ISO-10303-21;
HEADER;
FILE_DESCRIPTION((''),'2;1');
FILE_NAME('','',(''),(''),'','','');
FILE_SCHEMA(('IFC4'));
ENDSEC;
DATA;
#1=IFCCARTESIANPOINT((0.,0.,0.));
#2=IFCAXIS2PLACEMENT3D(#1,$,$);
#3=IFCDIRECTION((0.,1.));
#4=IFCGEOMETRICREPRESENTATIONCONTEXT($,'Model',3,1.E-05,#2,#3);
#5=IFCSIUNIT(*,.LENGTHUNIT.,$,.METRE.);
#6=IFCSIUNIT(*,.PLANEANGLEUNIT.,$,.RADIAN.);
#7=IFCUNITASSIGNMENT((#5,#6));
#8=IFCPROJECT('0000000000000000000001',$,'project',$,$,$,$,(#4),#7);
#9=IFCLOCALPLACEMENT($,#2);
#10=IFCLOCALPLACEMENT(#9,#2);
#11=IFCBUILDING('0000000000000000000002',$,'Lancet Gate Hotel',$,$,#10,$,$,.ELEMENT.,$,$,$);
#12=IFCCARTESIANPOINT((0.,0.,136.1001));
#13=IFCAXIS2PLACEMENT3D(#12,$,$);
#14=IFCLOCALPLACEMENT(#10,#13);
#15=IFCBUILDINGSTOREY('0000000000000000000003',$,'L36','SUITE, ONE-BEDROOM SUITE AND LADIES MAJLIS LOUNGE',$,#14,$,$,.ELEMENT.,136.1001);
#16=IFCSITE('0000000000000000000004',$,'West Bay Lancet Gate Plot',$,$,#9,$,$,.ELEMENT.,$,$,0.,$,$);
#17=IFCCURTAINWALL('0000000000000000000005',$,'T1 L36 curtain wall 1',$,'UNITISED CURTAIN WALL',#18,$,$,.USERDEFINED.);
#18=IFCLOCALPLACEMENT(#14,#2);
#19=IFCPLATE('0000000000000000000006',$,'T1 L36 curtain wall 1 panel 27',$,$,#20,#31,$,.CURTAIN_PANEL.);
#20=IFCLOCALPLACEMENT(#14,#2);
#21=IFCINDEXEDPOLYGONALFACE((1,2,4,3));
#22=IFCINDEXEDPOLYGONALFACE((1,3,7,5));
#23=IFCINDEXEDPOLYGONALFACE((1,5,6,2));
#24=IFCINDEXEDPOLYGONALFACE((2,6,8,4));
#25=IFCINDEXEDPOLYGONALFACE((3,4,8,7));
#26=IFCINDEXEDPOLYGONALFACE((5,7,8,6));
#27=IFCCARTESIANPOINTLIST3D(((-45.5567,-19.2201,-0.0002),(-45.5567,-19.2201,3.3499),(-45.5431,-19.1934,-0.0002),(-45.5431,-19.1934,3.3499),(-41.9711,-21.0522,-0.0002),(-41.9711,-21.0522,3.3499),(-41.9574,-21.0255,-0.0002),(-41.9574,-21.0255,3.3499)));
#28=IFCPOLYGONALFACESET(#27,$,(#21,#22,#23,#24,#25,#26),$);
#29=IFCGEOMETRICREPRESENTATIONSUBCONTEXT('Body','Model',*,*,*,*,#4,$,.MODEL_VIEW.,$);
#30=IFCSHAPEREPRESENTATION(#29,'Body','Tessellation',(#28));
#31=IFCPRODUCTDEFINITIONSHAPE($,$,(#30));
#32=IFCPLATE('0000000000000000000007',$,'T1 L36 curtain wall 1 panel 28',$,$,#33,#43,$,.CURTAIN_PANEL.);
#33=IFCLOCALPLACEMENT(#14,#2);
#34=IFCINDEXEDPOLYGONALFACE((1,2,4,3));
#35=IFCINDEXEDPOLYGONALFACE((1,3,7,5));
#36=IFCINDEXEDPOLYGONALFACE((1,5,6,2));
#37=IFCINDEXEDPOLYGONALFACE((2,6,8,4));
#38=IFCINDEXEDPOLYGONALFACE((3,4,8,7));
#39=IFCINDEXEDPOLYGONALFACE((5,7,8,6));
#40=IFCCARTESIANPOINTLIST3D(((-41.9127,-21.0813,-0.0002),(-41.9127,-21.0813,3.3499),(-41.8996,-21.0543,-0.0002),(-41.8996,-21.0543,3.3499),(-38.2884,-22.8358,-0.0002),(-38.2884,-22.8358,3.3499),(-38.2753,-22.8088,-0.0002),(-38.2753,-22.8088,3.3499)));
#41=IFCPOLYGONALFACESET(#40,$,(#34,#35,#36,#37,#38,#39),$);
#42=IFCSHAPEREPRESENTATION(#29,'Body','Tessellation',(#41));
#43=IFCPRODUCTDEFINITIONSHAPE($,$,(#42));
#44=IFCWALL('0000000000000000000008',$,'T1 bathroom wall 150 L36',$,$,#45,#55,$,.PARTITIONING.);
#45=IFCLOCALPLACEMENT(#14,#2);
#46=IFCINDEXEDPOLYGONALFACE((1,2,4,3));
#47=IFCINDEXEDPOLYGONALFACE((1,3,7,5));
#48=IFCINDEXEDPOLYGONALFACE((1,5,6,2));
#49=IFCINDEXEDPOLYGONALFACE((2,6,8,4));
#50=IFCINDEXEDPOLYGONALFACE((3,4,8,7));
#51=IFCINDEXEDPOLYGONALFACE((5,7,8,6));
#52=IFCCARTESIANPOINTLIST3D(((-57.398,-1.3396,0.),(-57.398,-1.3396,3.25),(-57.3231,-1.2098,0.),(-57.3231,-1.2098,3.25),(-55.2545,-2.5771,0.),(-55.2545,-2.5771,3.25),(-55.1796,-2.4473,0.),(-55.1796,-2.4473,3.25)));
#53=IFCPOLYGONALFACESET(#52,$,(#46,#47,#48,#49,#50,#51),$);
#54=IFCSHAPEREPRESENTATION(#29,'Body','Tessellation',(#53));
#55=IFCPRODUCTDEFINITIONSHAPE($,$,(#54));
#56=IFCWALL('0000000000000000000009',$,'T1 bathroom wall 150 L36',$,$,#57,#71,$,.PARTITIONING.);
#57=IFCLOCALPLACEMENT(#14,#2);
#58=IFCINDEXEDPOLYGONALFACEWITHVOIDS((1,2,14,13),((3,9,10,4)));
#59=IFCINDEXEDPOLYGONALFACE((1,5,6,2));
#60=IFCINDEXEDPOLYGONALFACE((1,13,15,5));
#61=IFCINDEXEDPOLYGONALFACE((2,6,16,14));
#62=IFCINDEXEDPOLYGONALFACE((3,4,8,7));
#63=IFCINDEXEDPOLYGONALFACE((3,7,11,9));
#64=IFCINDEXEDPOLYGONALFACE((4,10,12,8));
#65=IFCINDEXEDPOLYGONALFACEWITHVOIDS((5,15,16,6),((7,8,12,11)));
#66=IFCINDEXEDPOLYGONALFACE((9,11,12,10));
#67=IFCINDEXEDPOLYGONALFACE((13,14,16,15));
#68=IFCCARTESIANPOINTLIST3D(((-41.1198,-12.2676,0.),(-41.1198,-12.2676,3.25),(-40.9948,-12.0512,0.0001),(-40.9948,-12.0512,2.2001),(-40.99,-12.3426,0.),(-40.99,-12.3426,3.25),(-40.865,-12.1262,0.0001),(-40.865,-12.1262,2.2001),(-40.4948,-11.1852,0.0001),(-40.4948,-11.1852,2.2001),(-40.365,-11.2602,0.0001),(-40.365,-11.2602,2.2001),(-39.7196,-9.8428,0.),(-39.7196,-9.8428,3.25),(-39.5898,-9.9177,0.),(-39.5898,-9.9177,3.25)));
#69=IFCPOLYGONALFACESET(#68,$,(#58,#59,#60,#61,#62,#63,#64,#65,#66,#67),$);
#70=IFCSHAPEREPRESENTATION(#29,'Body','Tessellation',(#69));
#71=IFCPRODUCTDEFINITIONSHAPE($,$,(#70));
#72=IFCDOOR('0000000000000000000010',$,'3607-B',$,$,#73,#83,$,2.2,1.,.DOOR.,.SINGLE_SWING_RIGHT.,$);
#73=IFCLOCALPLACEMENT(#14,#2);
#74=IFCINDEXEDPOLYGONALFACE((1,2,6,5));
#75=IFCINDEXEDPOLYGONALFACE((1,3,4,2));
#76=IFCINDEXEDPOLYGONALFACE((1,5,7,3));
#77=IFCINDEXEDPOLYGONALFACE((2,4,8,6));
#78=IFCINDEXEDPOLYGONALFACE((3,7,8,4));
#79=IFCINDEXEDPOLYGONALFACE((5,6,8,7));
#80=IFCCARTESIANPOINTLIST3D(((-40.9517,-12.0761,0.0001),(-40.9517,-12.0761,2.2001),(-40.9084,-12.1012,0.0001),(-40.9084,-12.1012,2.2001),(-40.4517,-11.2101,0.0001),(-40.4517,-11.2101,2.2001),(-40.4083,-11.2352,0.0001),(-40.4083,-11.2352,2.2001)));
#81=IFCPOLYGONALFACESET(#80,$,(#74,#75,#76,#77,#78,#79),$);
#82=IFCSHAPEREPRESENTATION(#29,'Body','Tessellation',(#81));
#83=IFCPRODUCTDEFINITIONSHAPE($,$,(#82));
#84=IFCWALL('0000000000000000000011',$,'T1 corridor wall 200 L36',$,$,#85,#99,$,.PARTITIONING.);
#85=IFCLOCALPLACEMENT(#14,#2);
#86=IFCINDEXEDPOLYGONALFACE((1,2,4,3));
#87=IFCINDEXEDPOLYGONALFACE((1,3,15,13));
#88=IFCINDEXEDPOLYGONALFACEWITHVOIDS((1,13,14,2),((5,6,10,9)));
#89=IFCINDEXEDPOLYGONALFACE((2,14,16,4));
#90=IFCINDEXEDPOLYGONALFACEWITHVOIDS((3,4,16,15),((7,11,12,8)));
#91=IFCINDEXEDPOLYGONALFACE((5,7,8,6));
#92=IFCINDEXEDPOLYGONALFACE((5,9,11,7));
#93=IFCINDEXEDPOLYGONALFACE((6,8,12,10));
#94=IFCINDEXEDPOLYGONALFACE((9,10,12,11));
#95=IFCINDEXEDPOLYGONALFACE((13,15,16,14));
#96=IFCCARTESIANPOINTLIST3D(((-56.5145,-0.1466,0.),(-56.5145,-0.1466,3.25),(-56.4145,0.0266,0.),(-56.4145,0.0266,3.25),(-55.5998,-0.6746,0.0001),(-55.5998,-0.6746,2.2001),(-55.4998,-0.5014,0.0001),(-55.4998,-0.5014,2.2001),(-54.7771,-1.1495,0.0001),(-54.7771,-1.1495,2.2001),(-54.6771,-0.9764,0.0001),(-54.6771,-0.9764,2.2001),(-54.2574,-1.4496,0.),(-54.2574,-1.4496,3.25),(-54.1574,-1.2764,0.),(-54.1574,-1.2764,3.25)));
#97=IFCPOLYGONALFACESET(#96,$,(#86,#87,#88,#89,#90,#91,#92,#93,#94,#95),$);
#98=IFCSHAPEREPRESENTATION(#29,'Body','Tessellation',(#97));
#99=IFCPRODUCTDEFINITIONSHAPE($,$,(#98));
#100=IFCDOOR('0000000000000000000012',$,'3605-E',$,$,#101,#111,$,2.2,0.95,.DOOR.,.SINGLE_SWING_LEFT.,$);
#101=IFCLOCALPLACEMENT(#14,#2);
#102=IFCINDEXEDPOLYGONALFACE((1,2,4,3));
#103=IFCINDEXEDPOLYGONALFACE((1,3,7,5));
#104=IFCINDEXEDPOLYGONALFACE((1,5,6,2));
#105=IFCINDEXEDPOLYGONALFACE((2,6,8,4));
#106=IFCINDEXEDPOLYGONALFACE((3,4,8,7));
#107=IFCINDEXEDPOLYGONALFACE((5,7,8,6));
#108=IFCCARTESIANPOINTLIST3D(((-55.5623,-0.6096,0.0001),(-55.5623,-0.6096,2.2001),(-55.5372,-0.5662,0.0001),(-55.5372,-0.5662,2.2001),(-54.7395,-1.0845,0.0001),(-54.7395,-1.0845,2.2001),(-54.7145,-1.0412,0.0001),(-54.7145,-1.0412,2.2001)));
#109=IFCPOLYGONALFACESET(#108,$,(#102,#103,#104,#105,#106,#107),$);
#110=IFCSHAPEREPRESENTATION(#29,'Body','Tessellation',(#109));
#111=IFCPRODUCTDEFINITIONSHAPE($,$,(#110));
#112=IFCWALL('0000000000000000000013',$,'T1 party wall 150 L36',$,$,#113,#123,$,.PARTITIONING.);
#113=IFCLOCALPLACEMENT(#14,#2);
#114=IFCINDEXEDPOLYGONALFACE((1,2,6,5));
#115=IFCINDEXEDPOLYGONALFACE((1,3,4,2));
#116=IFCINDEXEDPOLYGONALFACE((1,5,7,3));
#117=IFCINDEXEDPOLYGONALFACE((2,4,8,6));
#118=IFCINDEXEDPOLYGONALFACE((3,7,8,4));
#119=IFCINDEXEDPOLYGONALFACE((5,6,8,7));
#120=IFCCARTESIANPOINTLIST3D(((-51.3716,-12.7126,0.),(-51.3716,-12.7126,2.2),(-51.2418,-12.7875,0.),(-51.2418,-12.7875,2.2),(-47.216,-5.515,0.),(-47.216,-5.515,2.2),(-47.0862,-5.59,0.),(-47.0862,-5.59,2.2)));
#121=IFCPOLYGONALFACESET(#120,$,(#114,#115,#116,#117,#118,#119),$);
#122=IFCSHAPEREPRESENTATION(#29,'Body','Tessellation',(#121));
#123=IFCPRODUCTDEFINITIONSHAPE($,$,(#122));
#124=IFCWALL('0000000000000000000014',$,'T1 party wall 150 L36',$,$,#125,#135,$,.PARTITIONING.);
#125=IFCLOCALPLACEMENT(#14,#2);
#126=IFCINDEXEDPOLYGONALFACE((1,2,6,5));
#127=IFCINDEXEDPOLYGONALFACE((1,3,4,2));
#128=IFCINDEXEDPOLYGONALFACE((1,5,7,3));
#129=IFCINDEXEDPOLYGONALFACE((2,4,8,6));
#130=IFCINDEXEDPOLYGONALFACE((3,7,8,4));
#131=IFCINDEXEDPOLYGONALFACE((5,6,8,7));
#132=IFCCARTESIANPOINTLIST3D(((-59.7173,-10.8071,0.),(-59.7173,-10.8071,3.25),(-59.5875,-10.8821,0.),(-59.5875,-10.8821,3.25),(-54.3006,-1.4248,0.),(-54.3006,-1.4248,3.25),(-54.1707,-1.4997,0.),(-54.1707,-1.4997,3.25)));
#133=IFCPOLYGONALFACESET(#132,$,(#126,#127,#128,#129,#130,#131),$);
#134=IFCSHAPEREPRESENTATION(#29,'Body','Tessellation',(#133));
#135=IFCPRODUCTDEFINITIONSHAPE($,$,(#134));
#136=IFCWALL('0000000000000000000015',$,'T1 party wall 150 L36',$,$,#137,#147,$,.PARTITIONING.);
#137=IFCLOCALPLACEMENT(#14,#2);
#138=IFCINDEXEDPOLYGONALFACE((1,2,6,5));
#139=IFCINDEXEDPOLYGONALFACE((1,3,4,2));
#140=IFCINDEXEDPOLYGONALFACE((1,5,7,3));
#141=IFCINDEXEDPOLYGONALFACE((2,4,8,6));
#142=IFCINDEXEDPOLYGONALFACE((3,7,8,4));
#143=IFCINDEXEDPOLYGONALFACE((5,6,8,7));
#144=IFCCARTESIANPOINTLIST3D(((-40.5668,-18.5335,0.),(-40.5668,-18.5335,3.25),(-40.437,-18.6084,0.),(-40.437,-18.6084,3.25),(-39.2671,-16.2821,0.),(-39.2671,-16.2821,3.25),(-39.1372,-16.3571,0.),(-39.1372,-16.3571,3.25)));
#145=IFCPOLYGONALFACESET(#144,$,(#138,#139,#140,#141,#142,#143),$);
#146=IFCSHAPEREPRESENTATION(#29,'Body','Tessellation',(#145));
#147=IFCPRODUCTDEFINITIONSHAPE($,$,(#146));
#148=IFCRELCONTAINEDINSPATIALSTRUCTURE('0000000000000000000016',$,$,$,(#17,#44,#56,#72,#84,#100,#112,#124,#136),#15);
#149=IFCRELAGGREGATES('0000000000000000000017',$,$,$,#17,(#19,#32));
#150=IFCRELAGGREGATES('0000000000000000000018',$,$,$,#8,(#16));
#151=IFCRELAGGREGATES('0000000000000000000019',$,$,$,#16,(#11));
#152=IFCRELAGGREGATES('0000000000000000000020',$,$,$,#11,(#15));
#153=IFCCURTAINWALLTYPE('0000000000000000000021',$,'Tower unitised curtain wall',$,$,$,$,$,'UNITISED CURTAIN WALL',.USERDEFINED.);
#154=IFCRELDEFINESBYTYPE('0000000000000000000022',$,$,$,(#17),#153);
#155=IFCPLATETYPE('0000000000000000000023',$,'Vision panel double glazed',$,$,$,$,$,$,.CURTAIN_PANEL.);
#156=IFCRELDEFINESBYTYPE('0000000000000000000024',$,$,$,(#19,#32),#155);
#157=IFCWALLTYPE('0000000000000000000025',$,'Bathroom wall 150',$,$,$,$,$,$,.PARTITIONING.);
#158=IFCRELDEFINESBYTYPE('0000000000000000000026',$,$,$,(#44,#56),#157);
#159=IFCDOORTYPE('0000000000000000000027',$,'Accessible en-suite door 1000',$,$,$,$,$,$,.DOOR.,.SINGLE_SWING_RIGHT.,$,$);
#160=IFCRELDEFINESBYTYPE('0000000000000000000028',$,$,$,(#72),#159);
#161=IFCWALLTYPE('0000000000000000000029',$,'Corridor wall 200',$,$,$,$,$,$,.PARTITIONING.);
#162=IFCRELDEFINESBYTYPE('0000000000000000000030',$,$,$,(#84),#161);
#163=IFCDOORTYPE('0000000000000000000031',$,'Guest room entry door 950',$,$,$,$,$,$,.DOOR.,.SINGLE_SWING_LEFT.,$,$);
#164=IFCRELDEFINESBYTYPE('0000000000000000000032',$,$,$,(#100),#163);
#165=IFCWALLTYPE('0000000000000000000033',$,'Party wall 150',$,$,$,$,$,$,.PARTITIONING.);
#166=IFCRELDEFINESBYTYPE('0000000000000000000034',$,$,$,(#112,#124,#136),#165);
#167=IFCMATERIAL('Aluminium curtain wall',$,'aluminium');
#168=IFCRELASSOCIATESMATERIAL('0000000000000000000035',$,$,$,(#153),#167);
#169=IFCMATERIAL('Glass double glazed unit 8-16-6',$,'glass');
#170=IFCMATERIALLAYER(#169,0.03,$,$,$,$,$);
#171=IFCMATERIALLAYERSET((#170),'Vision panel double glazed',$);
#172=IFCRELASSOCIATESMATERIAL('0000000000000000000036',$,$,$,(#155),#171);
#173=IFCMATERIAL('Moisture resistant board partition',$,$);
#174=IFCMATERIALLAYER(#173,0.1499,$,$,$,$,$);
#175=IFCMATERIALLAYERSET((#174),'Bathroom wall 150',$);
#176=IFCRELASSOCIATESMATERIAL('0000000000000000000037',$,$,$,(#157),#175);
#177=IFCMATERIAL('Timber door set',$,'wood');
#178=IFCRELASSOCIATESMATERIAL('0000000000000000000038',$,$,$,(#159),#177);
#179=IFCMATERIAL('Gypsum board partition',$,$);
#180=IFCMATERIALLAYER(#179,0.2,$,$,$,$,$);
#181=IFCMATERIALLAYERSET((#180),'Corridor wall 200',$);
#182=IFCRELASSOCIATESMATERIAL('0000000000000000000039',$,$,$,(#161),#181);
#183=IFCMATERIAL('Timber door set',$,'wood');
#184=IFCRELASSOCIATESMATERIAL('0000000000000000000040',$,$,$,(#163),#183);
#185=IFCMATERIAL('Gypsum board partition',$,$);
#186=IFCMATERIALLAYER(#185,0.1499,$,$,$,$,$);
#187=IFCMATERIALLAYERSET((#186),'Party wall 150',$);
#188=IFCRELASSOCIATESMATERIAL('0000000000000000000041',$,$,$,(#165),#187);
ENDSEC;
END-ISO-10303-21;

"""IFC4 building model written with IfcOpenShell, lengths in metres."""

from ifc_helpers import new_model, si_unit, direction, frame, frame_2d, origin, origin_2d, place, context, subcontext, project, spatial, rectangle, extrude, material, layer, layer_set, type_object, element, fill, aggregate, save


model = new_model("IFC4")

# Units and contexts
model_context = context("Model", 3, precision=1e-05, world=origin(), true_north=direction((0.0, 1.0)))
body_context = subcontext(model_context, "Body", "Model", "MODEL_VIEW")
ifc_project = project(units=[si_unit("LENGTHUNIT", "METRE"), si_unit("PLANEANGLEUNIT", "RADIAN")], contexts=[model_context])

# Site, building, storey
site_placement = place(None, origin())
site = spatial("IfcSite", under=ifc_project, at=site_placement, Name="West Bay Lancet Gate Plot", CompositionType="ELEMENT", RefElevation=0.0)
building_placement = place(site_placement, origin())
building = spatial("IfcBuilding", under=site, at=building_placement, Name="Lancet Gate Hotel", CompositionType="ELEMENT")
storey_placement = place(building_placement, frame((0.0, 0.0, 136.1001)))
storey = spatial("IfcBuildingStorey", under=building, at=storey_placement, Name="L36", Description="SUITE, ONE-BEDROOM SUITE AND LADIES MAJLIS LOUNGE", CompositionType="ELEMENT", Elevation=136.1001)

# Curtain wall
ifc_material_1 = material(Name="Aluminium curtain wall", Category="aluminium")
curtain_wall_type = type_object("IfcCurtainWallType", Name="Tower unitised curtain wall", ElementType="UNITISED CURTAIN WALL", PredefinedType="USERDEFINED", material=ifc_material_1)
curtain_wall_placement = place(storey_placement, origin())
curtain_wall = element("IfcCurtainWall", 1, at=curtain_wall_placement, inside=storey, type_object=curtain_wall_type, Name="T1 L36 curtain wall 1", ObjectType="UNITISED CURTAIN WALL", PredefinedType="USERDEFINED")

# Plates
ifc_material_2 = material(Name="Glass double glazed unit 8-16-6", Category="glass")
ifc_layer_1 = layer(ifc_material_2, 0.03)
ifc_layer_set_1 = layer_set([ifc_layer_1], Name="Vision panel double glazed")
plate_type = type_object("IfcPlateType", Name="Vision panel double glazed", PredefinedType="CURTAIN_PANEL", material=ifc_layer_set_1)
plate_1_placement = place(storey_placement, frame((-43.7571, -20.1228, -0.0002), z_axis=(0.0, 0.0, 1.0), x_axis=(0.890493, -0.454996, 0.0)))
plate_1 = element("IfcPlate", 2, at=plate_1_placement, type_object=plate_type, Name="T1 L36 curtain wall 1 panel 27", PredefinedType="CURTAIN_PANEL", context=body_context, shape_type="SweptSolid", body=[
    extrude(rectangle(XDim=4.0266, YDim=0.03, at=origin_2d()), origin(), (0.0, 0.0, 1.0), 3.3501),
])
plate_2_placement = place(storey_placement, frame((-40.094, -21.9451, -0.0002), z_axis=(0.0, 0.0, 1.0), x_axis=(0.900082, -0.435721, 0.0)))
plate_2 = element("IfcPlate", 3, at=plate_2_placement, type_object=plate_type, Name="T1 L36 curtain wall 1 panel 28", PredefinedType="CURTAIN_PANEL", context=body_context, shape_type="SweptSolid", body=[
    extrude(rectangle(XDim=4.0266, YDim=0.03, at=origin_2d()), origin(), (0.0, 0.0, 1.0), 3.3501),
])
aggregate(curtain_wall, [plate_1, plate_2])

# Wall
ifc_material_3 = material(Name="Moisture resistant board partition")
ifc_layer_2 = layer(ifc_material_3, 0.1499)
ifc_layer_set_2 = layer_set([ifc_layer_2], Name="Bathroom wall 150")
wall_type_1 = type_object("IfcWallType", Name="Bathroom wall 150", PredefinedType="PARTITIONING", material=ifc_layer_set_2)
wall_1_placement = place(storey_placement, frame((-55.217, -2.5122, 0.0), z_axis=(0.0, 0.0, 1.0), x_axis=(-0.866031, 0.49999, 0.0)))
element("IfcWall", 4, at=wall_1_placement, inside=storey, type_object=wall_type_1, Name="T1 bathroom wall 150 L36", PredefinedType="PARTITIONING", context=body_context, shape_type="SweptSolid", body=[
    extrude(rectangle(XDim=2.4751, YDim=0.1499, at=frame_2d((1.2375, 0.0))), origin(), (0.0, 0.0, 1.0), 3.25),
])

# Walls, openings, doors
wall_2_placement = place(storey_placement, frame((-39.6548, -9.8804, 0.0), z_axis=(0.0, 0.0, 1.0), x_axis=(-0.50005, -0.865997, 0.0)))
wall_2 = element("IfcWall", 5, at=wall_2_placement, inside=storey, type_object=wall_type_1, Name="T1 bathroom wall 150 L36", PredefinedType="PARTITIONING", context=body_context, shape_type="SweptSolid", body=[
    extrude(rectangle(XDim=2.8, YDim=0.1499, at=frame_2d((1.3999, 0.0))), origin(), (0.0, 0.0, 1.0), 3.25),
])
opening_1_placement = place(wall_2_placement, frame((1.55, 0.0, 0.0)))
opening_1 = element("IfcOpeningElement", 6, at=opening_1_placement, cuts=wall_2, PredefinedType="OPENING", context=body_context, shape_type="SweptSolid", body=[
    extrude(rectangle(XDim=1.0, YDim=2.2, at=frame_2d((0.5, 1.1001))), frame((0.0, 0.085, 0.0), z_axis=(0.0, -1.0, 0.0), x_axis=(1.0, 0.0, 0.0)), (0.0, 0.0, 1.0), 0.1699),
])
ifc_material_4 = material(Name="Timber door set", Category="wood")
door_type_1 = type_object("IfcDoorType", Name="Accessible en-suite door 1000", OperationType="SINGLE_SWING_RIGHT", PredefinedType="DOOR", material=ifc_material_4)
door_1_placement = place(opening_1_placement, origin())
door_1 = element("IfcDoor", 7, at=door_1_placement, inside=storey, type_object=door_type_1, Name="3607-B", OperationType="SINGLE_SWING_RIGHT", OverallHeight=2.2, OverallWidth=1.0, PredefinedType="DOOR", context=body_context, shape_type="SweptSolid", body=[
    extrude(rectangle(XDim=1.0, YDim=2.2, at=frame_2d((0.5, 1.1001))), frame((0.0, 0.0249, 0.0), z_axis=(0.0, -1.0, 0.0), x_axis=(1.0, 0.0, 0.0)), (0.0, 0.0, 1.0), 0.05),
])
fill(opening_1, door_1)
ifc_material_5 = material(Name="Gypsum board partition")
ifc_layer_3 = layer(ifc_material_5, 0.2)
ifc_layer_set_3 = layer_set([ifc_layer_3], Name="Corridor wall 200")
wall_type_2 = type_object("IfcWallType", Name="Corridor wall 200", PredefinedType="PARTITIONING", material=ifc_layer_set_3)
wall_3_placement = place(storey_placement, frame((-54.2073, -1.363, 0.0), z_axis=(0.0, 0.0, 1.0), x_axis=(-0.86605, 0.499958, 0.0)))
wall_3 = element("IfcWall", 8, at=wall_3_placement, inside=storey, type_object=wall_type_2, Name="T1 corridor wall 200 L36", PredefinedType="PARTITIONING", context=body_context, shape_type="SweptSolid", body=[
    extrude(rectangle(XDim=2.6062, YDim=0.2, at=frame_2d((1.3032, 0.0))), origin(), (0.0, 0.0, 1.0), 3.25),
])
opening_2_placement = place(wall_3_placement, frame((0.6001, 0.0, 0.0)))
opening_2 = element("IfcOpeningElement", 9, at=opening_2_placement, cuts=wall_3, PredefinedType="OPENING", context=body_context, shape_type="SweptSolid", body=[
    extrude(rectangle(XDim=0.95, YDim=2.2, at=frame_2d((0.4751, 1.1001))), frame((0.0, 0.1099, 0.0), z_axis=(0.0, -1.0, 0.0), x_axis=(1.0, 0.0, 0.0)), (0.0, 0.0, 1.0), 0.22),
])
ifc_material_6 = material(Name="Timber door set", Category="wood")
door_type_2 = type_object("IfcDoorType", Name="Guest room entry door 950", OperationType="SINGLE_SWING_LEFT", PredefinedType="DOOR", material=ifc_material_6)
door_2_placement = place(opening_2_placement, origin())
door_2 = element("IfcDoor", 10, at=door_2_placement, inside=storey, type_object=door_type_2, Name="3605-E", OperationType="SINGLE_SWING_LEFT", OverallHeight=2.2, OverallWidth=0.95, PredefinedType="DOOR", context=body_context, shape_type="SweptSolid", body=[
    extrude(rectangle(XDim=0.95, YDim=2.2, at=frame_2d((0.4751, 1.1001))), frame((0.0, 0.0249, 0.0), z_axis=(0.0, -1.0, 0.0), x_axis=(1.0, 0.0, 0.0)), (0.0, 0.0, 1.0), 0.05),
])
fill(opening_2, door_2)

# Walls
ifc_material_7 = material(Name="Gypsum board partition")
ifc_layer_4 = layer(ifc_material_7, 0.1499)
ifc_layer_set_4 = layer_set([ifc_layer_4], Name="Party wall 150")
wall_type_3 = type_object("IfcWallType", Name="Party wall 150", PredefinedType="PARTITIONING", material=ifc_layer_set_4)
wall_4_placement = place(storey_placement, frame((-47.1511, -5.5525, 0.0), z_axis=(0.0, 0.0, 1.0), x_axis=(-0.500003, -0.866024, 0.0)))
element("IfcWall", 11, at=wall_4_placement, inside=storey, type_object=wall_type_3, Name="T1 party wall 150 L36", PredefinedType="PARTITIONING", context=body_context, shape_type="SweptSolid", body=[
    extrude(rectangle(XDim=8.311, YDim=0.1499, at=frame_2d((4.1555, 0.0))), origin(), (0.0, 0.0, 1.0), 2.2),
])
wall_5_placement = place(storey_placement, frame((-54.2356, -1.4622, 0.0), z_axis=(0.0, 0.0, 1.0), x_axis=(-0.49999, -0.866031, 0.0)))
element("IfcWall", 12, at=wall_5_placement, inside=storey, type_object=wall_type_3, Name="T1 party wall 150 L36", PredefinedType="PARTITIONING", context=body_context, shape_type="SweptSolid", body=[
    extrude(rectangle(XDim=10.8337, YDim=0.1499, at=frame_2d((5.417, 0.0))), origin(), (0.0, 0.0, 1.0), 3.25),
])
wall_6_placement = place(storey_placement, frame((-39.2021, -16.3196, 0.0), z_axis=(0.0, 0.0, 1.0), x_axis=(-0.499977, -0.866039, 0.0)))
element("IfcWall", 13, at=wall_6_placement, inside=storey, type_object=wall_type_3, Name="T1 party wall 150 L36", PredefinedType="PARTITIONING", context=body_context, shape_type="SweptSolid", body=[
    extrude(rectangle(XDim=2.5996, YDim=0.1499, at=frame_2d((1.2998, 0.0))), origin(), (0.0, 0.0, 1.0), 3.25),
])

save(model, "model.ifc")
